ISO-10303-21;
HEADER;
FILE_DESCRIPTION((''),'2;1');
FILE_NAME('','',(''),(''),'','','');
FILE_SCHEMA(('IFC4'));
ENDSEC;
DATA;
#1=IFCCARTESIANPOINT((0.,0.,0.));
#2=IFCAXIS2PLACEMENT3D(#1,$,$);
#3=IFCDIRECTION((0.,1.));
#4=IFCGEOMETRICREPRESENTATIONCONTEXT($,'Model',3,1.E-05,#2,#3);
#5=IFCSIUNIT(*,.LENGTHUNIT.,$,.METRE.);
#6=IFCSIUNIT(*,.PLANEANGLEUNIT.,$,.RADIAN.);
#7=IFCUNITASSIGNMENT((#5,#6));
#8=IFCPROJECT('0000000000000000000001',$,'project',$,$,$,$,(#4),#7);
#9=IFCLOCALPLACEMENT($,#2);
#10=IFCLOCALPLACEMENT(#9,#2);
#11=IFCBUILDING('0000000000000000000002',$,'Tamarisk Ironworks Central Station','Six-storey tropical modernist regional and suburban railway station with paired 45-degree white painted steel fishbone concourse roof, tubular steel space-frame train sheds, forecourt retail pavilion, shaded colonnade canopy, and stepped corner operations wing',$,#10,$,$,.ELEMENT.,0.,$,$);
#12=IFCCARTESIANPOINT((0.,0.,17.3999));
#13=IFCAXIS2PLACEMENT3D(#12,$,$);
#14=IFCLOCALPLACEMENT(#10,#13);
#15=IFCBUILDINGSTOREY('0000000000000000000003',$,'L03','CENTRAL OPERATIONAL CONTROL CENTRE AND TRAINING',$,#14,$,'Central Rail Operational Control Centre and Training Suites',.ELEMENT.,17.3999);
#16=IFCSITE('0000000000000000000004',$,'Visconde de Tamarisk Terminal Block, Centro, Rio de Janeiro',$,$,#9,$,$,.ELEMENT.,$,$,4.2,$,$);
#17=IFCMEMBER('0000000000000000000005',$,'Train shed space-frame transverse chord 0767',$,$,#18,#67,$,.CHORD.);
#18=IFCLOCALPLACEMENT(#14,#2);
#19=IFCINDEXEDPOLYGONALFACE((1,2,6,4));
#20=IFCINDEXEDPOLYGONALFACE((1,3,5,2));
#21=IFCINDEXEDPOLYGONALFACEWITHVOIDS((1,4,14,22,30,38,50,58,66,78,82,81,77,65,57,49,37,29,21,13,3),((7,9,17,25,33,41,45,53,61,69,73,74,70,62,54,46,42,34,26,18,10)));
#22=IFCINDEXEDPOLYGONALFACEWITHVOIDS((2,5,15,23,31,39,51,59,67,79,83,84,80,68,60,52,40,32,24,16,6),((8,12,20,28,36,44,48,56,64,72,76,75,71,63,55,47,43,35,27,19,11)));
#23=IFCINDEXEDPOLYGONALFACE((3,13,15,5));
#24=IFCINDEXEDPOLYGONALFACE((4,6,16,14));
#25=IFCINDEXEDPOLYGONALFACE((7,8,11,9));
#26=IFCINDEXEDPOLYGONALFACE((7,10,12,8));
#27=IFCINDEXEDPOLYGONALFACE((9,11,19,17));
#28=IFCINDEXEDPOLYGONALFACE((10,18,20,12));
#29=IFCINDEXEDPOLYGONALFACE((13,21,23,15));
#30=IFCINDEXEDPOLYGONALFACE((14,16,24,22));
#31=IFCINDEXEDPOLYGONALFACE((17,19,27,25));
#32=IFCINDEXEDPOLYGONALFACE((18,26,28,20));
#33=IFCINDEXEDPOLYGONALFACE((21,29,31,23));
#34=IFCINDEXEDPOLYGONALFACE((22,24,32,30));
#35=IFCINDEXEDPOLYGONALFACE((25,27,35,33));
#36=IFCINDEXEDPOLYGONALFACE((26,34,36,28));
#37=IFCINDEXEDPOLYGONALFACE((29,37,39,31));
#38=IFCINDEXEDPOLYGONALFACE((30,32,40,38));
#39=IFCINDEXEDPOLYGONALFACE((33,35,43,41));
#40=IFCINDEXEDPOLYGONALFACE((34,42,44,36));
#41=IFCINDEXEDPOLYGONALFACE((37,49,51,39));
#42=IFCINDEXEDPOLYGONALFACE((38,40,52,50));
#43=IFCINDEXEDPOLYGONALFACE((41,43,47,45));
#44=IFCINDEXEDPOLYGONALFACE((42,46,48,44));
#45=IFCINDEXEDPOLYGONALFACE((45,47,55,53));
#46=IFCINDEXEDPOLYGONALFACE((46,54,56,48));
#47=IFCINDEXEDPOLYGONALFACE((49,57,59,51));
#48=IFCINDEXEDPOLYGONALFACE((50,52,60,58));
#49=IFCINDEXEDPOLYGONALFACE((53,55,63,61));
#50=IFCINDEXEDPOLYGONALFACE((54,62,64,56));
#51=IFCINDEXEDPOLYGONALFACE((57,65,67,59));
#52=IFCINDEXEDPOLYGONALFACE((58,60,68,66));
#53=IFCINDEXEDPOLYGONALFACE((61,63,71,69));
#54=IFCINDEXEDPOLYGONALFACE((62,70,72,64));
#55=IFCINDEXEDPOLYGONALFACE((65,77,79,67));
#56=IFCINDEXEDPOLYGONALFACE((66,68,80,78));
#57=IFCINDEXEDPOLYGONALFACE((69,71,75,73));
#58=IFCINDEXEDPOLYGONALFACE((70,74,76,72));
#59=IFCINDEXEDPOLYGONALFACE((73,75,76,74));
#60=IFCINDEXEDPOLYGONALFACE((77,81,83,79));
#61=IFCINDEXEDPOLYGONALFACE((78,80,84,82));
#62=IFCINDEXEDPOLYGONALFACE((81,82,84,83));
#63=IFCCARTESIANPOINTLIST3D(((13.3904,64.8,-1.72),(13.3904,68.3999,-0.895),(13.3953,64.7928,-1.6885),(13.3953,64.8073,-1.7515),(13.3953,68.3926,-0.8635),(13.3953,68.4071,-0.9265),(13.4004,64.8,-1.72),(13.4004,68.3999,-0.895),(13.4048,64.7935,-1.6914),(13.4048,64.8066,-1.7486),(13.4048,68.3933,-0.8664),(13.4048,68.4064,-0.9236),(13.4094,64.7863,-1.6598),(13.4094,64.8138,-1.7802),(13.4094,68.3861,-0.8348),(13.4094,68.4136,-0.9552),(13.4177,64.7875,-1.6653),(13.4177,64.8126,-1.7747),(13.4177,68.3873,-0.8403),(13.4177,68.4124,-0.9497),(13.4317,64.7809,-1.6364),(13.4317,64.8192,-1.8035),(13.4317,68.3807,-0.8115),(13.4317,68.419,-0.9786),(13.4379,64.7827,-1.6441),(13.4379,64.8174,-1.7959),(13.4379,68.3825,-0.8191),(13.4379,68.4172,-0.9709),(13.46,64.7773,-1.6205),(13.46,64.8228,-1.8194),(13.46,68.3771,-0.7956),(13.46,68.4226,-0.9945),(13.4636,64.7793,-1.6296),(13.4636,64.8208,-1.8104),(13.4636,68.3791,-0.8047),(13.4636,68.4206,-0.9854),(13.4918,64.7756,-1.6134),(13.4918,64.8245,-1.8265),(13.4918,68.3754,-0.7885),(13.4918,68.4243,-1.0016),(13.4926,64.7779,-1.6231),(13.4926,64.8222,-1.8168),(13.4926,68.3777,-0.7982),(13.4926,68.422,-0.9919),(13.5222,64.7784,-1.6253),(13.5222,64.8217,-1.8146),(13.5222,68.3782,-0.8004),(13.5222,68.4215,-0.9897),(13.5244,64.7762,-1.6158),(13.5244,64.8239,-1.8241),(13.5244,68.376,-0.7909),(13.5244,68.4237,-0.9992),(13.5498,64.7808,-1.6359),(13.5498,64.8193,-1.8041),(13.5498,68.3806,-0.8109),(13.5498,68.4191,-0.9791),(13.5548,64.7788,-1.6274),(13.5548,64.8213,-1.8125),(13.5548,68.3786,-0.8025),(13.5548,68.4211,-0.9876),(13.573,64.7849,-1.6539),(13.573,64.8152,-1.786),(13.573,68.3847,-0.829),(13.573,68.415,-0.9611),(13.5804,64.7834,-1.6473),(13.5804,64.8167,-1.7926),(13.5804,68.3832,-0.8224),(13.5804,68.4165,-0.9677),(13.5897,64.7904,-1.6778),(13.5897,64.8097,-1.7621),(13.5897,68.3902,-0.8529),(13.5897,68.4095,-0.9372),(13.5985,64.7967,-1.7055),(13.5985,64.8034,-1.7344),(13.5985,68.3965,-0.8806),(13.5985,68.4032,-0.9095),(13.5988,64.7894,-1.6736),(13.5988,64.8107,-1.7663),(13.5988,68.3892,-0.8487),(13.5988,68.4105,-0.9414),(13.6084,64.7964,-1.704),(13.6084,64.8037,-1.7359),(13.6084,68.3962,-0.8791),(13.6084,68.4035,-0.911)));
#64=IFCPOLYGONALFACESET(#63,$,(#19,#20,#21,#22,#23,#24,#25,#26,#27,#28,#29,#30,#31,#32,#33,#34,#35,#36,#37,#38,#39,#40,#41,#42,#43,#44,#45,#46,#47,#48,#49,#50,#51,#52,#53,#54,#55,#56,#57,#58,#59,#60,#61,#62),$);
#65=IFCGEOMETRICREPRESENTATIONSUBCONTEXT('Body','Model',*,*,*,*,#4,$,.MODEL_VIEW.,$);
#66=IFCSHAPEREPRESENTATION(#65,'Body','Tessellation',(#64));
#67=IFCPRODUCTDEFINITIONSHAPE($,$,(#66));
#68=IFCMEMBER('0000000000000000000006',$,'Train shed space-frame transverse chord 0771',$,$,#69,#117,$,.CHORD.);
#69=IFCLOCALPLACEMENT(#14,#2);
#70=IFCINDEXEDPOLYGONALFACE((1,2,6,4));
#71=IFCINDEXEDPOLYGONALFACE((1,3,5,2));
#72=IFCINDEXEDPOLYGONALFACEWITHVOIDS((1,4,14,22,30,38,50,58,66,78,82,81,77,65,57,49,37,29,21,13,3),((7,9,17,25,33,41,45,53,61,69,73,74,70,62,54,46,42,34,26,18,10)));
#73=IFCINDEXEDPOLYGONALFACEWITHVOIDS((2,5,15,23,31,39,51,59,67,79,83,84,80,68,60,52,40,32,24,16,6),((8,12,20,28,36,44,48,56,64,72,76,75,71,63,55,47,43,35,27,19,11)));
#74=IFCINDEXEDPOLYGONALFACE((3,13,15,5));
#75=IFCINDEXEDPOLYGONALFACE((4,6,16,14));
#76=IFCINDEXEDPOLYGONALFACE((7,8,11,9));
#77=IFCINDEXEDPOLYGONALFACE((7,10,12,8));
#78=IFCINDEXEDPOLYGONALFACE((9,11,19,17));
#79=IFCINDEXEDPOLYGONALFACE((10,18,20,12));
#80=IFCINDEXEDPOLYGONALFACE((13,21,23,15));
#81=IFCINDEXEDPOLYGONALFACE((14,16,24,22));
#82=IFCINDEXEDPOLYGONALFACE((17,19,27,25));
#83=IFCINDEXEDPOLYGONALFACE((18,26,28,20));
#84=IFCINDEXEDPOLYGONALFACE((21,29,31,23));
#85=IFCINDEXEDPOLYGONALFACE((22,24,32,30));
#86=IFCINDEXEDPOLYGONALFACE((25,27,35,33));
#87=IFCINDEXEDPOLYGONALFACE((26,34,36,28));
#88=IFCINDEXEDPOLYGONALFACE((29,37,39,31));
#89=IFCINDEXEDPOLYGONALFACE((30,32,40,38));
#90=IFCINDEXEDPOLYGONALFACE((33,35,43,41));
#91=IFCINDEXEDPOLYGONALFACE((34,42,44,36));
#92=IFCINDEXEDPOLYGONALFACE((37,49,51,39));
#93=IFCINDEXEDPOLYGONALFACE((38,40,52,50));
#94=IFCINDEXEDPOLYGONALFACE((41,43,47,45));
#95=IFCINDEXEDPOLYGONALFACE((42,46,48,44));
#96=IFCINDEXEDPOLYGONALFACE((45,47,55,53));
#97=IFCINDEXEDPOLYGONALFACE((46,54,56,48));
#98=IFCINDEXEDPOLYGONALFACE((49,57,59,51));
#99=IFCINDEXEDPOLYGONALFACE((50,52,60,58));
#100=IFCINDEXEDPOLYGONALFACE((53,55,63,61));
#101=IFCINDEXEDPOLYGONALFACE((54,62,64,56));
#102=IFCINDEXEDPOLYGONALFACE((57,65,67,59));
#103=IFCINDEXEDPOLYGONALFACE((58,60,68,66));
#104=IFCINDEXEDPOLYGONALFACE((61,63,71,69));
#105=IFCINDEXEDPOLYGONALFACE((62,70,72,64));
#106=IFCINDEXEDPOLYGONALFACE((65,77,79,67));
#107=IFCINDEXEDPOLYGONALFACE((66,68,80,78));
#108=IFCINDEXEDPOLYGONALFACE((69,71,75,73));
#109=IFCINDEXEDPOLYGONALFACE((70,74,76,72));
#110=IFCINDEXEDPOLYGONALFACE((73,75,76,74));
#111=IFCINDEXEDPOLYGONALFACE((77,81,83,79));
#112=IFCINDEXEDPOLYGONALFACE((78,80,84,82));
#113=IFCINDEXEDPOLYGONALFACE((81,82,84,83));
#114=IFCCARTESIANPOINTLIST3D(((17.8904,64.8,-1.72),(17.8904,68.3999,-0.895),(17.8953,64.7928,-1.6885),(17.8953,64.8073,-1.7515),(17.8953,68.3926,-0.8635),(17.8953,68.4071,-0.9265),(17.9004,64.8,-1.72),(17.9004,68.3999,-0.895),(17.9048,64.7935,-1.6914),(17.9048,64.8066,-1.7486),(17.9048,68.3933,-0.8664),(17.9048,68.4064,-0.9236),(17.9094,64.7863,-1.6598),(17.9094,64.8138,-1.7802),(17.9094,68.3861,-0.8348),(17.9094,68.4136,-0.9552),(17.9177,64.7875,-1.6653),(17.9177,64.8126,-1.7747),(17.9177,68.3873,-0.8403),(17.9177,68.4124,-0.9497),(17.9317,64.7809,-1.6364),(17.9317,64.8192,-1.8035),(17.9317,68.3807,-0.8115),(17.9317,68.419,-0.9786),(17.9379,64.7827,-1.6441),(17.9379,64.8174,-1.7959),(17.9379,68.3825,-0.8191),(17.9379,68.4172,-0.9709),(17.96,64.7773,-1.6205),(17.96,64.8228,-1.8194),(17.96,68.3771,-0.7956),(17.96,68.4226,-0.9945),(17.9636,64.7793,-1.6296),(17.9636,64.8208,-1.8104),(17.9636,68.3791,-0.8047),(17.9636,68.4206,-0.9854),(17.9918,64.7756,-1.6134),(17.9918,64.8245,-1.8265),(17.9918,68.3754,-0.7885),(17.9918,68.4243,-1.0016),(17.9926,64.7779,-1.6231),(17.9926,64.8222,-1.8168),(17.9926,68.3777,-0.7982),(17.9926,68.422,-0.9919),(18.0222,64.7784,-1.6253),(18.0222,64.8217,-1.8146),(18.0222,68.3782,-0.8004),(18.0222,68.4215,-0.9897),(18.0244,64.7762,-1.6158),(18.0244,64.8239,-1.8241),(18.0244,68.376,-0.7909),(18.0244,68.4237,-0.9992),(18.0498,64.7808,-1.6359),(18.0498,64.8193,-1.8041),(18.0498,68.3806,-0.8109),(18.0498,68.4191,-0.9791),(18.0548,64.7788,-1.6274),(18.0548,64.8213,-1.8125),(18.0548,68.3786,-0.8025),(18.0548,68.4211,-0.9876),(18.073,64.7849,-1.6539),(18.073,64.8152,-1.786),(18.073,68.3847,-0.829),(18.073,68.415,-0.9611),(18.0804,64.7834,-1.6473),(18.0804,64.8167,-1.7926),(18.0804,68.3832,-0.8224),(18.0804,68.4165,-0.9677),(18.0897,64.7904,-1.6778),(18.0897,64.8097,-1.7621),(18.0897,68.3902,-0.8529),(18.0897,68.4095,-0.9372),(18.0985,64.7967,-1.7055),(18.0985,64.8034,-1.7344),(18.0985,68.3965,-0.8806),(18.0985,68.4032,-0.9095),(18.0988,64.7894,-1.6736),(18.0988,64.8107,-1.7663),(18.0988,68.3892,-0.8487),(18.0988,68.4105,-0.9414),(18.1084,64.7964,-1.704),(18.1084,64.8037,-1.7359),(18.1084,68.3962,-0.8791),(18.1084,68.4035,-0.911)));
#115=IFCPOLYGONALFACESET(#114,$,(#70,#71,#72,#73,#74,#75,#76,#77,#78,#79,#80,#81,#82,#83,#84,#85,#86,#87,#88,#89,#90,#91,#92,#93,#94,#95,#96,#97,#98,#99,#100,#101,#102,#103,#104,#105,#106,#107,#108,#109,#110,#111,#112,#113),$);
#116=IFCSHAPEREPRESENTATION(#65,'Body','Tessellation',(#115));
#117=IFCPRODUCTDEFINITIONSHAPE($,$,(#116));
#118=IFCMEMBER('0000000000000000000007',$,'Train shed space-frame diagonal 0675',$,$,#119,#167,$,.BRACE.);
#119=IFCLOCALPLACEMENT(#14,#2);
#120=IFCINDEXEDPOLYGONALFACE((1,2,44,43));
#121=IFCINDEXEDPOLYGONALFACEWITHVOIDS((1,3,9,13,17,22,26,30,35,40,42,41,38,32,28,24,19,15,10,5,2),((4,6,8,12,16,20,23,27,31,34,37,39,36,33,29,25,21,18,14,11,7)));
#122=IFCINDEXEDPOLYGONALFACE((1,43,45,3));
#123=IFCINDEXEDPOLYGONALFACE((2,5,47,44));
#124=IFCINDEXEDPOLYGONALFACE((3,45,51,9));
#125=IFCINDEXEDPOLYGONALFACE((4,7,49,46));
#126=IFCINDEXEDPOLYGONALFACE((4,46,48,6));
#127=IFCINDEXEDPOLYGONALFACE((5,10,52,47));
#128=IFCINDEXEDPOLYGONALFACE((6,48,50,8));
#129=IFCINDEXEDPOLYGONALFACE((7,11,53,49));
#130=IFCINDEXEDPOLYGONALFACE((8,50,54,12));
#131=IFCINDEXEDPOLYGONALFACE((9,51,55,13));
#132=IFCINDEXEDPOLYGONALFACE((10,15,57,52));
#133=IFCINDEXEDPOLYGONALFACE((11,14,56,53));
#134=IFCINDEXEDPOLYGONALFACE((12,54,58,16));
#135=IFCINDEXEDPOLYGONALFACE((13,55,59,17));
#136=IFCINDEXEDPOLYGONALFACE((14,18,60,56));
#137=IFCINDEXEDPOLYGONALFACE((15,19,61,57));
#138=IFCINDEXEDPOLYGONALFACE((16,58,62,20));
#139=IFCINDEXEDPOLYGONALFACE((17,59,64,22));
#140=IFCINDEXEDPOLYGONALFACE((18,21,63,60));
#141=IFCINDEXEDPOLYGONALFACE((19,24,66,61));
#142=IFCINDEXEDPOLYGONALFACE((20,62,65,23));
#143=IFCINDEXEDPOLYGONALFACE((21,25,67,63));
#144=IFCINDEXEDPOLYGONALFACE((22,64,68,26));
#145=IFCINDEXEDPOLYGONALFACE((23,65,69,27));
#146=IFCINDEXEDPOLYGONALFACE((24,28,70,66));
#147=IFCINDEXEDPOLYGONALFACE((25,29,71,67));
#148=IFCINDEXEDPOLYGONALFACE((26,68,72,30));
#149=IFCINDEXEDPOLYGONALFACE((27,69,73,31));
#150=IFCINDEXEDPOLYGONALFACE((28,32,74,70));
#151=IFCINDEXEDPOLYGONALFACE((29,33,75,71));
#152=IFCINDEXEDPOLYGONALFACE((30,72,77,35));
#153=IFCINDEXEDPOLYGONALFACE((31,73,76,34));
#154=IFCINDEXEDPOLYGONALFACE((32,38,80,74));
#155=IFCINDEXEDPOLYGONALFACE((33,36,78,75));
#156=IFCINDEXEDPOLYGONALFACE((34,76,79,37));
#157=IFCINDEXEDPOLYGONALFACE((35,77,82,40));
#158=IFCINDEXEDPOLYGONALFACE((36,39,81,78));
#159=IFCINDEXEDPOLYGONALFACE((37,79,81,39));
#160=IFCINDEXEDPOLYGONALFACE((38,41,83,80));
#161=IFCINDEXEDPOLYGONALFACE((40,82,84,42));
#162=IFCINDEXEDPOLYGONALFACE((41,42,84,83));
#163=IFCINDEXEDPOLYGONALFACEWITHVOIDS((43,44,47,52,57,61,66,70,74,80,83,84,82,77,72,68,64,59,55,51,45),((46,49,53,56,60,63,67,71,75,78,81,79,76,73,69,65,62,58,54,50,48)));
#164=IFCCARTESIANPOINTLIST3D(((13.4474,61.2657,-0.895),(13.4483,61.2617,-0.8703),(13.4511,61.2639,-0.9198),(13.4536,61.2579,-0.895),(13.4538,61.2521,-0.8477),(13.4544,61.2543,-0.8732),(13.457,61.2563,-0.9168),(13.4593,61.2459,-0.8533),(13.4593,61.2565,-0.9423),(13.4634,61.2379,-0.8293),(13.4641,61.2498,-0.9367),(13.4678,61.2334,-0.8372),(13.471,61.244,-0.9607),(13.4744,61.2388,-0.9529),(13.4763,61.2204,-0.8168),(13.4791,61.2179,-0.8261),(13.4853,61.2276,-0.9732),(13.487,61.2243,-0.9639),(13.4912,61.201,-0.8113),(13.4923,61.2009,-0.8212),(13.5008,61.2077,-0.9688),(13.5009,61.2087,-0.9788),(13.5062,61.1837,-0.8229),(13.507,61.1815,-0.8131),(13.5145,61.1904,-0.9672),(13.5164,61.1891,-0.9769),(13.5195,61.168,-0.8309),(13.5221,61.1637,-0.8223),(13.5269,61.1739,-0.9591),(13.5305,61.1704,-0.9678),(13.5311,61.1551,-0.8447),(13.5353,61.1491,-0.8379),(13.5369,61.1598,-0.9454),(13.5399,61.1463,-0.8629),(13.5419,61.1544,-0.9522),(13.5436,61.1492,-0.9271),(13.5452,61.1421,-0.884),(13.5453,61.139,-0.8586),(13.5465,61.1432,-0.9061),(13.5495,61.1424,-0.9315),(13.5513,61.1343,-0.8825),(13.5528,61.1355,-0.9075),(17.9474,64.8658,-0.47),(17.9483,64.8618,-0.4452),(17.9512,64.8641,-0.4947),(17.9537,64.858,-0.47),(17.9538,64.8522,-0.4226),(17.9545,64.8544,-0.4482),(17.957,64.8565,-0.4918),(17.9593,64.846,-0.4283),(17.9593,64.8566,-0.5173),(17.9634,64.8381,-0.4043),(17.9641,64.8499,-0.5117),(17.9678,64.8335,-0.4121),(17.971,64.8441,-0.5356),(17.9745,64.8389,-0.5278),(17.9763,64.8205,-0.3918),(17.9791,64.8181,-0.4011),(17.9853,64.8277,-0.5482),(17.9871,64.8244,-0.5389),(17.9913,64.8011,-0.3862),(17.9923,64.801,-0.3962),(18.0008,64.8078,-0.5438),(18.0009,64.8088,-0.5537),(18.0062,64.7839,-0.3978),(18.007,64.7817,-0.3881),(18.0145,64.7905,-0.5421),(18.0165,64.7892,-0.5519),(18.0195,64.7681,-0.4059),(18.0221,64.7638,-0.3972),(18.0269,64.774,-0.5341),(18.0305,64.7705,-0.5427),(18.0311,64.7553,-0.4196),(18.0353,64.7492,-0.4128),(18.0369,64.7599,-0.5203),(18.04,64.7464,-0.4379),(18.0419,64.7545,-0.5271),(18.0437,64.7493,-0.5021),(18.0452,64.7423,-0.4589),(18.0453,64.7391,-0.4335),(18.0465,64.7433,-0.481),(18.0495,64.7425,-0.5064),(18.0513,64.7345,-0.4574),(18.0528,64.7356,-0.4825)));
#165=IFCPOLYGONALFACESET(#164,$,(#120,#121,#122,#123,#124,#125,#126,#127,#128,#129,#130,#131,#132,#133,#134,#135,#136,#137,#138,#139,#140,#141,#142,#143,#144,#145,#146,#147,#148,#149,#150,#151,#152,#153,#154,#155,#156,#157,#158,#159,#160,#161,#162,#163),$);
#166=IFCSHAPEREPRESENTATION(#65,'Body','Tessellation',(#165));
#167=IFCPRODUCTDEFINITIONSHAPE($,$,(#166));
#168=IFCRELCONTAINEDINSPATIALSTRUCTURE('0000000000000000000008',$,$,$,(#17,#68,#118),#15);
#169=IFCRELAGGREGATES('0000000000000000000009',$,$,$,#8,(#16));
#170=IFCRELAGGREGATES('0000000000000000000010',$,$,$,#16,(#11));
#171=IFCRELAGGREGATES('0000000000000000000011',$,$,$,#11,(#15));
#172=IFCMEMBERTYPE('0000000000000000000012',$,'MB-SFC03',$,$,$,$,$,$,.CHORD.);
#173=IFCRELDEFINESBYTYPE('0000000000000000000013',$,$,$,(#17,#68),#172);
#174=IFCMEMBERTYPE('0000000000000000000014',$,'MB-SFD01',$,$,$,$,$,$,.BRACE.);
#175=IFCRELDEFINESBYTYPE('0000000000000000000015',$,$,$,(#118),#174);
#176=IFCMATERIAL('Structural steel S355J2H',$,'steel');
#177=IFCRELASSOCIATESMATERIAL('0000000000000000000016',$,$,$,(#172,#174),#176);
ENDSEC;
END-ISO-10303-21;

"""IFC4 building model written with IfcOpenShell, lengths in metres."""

from ifc_helpers import new_model, si_unit, direction, frame, origin, origin_2d, place, context, subcontext, project, spatial, hollow_circle, extrude, material, material_profile, profile_set, type_object, element, save


model = new_model("IFC4")

# Units and contexts
model_context = context("Model", 3, precision=1e-05, world=origin(), true_north=direction((0.0, 1.0)))
body_context = subcontext(model_context, "Body", "Model", "MODEL_VIEW")
ifc_project = project(units=[si_unit("LENGTHUNIT", "METRE"), si_unit("PLANEANGLEUNIT", "RADIAN")], contexts=[model_context])

# Site, building, storey
site_placement = place(None, origin())
site = spatial("IfcSite", under=ifc_project, at=site_placement, Name="Visconde de Tamarisk Terminal Block, Centro, Rio de Janeiro", CompositionType="ELEMENT", RefElevation=4.2)
building_placement = place(site_placement, origin())
building = spatial("IfcBuilding", under=site, at=building_placement, Name="Tamarisk Ironworks Central Station", Description="Six-storey tropical modernist regional and suburban railway station with paired 45-degree white painted steel fishbone concourse roof, tubular steel space-frame train sheds, forecourt retail pavilion, shaded colonnade canopy, and stepped corner operations wing", CompositionType="ELEMENT", ElevationOfRefHeight=0.0)
storey_placement = place(building_placement, frame((0.0, 0.0, 17.3999)))
storey = spatial("IfcBuildingStorey", under=building, at=storey_placement, Name="L03", Description="CENTRAL OPERATIONAL CONTROL CENTRE AND TRAINING", LongName="Central Rail Operational Control Centre and Training Suites", CompositionType="ELEMENT", Elevation=17.3999)

# Members
ifc_material_1 = material(Name="Structural steel S355J2H", Category="steel")
ifc_material_profile_1 = material_profile(ifc_material_1, hollow_circle(Radius=0.1096, WallThickness=0.01, at=origin_2d()), Name="CHS 219.1x10")
ifc_profile_set_1 = profile_set([ifc_material_profile_1], Name="Structural steel S355J2H")
member_type_1 = type_object("IfcMemberType", Name="MB-SFC03", PredefinedType="CHORD", material=ifc_profile_set_1)
for number, where, z_axis, x_axis, name in (
    (1, (13.5, 64.8, -1.72), (0.0, 0.974733, 0.223372), (-1.0, 0.0, 0.0), "Train shed space-frame transverse chord 0767"),
    (2, (18.0, 64.8, -1.72), (0.0, 0.974733, 0.223372), (-1.0, 0.0, 0.0), "Train shed space-frame transverse chord 0771"),
):
    element("IfcMember", number, at=place(storey_placement, frame(where, z_axis=z_axis, x_axis=x_axis)), inside=storey, type_object=member_type_1, Name=name, PredefinedType="CHORD", context=body_context, shape_type="SweptSolid", body=[
        extrude(hollow_circle(Radius=0.1096, WallThickness=0.01, at=origin_2d()), origin(), (0.0, 0.0, 1.0), 3.6931),
    ])
ifc_material_profile_2 = material_profile(ifc_material_1, hollow_circle(Radius=0.0842, WallThickness=0.01, at=origin_2d()), Name="CHS 168.3x10")
ifc_profile_set_2 = profile_set([ifc_material_profile_2], Name="Structural steel S355J2H")
member_type_2 = type_object("IfcMemberType", Name="MB-SFD01", PredefinedType="BRACE", material=ifc_profile_set_2)
member_1_placement = place(storey_placement, frame((13.5, 61.2, -0.895), z_axis=(0.778745, 0.623013, 0.073557), x_axis=(-0.624705, 0.780861, 0.0)))
element("IfcMember", 3, at=member_1_placement, inside=storey, type_object=member_type_2, Name="Train shed space-frame diagonal 0675", PredefinedType="BRACE", context=body_context, shape_type="SweptSolid", body=[
    extrude(hollow_circle(Radius=0.0842, WallThickness=0.01, at=origin_2d()), origin(), (0.0, 0.0, 1.0), 5.7786),
])

save(model, "model.ifc")
